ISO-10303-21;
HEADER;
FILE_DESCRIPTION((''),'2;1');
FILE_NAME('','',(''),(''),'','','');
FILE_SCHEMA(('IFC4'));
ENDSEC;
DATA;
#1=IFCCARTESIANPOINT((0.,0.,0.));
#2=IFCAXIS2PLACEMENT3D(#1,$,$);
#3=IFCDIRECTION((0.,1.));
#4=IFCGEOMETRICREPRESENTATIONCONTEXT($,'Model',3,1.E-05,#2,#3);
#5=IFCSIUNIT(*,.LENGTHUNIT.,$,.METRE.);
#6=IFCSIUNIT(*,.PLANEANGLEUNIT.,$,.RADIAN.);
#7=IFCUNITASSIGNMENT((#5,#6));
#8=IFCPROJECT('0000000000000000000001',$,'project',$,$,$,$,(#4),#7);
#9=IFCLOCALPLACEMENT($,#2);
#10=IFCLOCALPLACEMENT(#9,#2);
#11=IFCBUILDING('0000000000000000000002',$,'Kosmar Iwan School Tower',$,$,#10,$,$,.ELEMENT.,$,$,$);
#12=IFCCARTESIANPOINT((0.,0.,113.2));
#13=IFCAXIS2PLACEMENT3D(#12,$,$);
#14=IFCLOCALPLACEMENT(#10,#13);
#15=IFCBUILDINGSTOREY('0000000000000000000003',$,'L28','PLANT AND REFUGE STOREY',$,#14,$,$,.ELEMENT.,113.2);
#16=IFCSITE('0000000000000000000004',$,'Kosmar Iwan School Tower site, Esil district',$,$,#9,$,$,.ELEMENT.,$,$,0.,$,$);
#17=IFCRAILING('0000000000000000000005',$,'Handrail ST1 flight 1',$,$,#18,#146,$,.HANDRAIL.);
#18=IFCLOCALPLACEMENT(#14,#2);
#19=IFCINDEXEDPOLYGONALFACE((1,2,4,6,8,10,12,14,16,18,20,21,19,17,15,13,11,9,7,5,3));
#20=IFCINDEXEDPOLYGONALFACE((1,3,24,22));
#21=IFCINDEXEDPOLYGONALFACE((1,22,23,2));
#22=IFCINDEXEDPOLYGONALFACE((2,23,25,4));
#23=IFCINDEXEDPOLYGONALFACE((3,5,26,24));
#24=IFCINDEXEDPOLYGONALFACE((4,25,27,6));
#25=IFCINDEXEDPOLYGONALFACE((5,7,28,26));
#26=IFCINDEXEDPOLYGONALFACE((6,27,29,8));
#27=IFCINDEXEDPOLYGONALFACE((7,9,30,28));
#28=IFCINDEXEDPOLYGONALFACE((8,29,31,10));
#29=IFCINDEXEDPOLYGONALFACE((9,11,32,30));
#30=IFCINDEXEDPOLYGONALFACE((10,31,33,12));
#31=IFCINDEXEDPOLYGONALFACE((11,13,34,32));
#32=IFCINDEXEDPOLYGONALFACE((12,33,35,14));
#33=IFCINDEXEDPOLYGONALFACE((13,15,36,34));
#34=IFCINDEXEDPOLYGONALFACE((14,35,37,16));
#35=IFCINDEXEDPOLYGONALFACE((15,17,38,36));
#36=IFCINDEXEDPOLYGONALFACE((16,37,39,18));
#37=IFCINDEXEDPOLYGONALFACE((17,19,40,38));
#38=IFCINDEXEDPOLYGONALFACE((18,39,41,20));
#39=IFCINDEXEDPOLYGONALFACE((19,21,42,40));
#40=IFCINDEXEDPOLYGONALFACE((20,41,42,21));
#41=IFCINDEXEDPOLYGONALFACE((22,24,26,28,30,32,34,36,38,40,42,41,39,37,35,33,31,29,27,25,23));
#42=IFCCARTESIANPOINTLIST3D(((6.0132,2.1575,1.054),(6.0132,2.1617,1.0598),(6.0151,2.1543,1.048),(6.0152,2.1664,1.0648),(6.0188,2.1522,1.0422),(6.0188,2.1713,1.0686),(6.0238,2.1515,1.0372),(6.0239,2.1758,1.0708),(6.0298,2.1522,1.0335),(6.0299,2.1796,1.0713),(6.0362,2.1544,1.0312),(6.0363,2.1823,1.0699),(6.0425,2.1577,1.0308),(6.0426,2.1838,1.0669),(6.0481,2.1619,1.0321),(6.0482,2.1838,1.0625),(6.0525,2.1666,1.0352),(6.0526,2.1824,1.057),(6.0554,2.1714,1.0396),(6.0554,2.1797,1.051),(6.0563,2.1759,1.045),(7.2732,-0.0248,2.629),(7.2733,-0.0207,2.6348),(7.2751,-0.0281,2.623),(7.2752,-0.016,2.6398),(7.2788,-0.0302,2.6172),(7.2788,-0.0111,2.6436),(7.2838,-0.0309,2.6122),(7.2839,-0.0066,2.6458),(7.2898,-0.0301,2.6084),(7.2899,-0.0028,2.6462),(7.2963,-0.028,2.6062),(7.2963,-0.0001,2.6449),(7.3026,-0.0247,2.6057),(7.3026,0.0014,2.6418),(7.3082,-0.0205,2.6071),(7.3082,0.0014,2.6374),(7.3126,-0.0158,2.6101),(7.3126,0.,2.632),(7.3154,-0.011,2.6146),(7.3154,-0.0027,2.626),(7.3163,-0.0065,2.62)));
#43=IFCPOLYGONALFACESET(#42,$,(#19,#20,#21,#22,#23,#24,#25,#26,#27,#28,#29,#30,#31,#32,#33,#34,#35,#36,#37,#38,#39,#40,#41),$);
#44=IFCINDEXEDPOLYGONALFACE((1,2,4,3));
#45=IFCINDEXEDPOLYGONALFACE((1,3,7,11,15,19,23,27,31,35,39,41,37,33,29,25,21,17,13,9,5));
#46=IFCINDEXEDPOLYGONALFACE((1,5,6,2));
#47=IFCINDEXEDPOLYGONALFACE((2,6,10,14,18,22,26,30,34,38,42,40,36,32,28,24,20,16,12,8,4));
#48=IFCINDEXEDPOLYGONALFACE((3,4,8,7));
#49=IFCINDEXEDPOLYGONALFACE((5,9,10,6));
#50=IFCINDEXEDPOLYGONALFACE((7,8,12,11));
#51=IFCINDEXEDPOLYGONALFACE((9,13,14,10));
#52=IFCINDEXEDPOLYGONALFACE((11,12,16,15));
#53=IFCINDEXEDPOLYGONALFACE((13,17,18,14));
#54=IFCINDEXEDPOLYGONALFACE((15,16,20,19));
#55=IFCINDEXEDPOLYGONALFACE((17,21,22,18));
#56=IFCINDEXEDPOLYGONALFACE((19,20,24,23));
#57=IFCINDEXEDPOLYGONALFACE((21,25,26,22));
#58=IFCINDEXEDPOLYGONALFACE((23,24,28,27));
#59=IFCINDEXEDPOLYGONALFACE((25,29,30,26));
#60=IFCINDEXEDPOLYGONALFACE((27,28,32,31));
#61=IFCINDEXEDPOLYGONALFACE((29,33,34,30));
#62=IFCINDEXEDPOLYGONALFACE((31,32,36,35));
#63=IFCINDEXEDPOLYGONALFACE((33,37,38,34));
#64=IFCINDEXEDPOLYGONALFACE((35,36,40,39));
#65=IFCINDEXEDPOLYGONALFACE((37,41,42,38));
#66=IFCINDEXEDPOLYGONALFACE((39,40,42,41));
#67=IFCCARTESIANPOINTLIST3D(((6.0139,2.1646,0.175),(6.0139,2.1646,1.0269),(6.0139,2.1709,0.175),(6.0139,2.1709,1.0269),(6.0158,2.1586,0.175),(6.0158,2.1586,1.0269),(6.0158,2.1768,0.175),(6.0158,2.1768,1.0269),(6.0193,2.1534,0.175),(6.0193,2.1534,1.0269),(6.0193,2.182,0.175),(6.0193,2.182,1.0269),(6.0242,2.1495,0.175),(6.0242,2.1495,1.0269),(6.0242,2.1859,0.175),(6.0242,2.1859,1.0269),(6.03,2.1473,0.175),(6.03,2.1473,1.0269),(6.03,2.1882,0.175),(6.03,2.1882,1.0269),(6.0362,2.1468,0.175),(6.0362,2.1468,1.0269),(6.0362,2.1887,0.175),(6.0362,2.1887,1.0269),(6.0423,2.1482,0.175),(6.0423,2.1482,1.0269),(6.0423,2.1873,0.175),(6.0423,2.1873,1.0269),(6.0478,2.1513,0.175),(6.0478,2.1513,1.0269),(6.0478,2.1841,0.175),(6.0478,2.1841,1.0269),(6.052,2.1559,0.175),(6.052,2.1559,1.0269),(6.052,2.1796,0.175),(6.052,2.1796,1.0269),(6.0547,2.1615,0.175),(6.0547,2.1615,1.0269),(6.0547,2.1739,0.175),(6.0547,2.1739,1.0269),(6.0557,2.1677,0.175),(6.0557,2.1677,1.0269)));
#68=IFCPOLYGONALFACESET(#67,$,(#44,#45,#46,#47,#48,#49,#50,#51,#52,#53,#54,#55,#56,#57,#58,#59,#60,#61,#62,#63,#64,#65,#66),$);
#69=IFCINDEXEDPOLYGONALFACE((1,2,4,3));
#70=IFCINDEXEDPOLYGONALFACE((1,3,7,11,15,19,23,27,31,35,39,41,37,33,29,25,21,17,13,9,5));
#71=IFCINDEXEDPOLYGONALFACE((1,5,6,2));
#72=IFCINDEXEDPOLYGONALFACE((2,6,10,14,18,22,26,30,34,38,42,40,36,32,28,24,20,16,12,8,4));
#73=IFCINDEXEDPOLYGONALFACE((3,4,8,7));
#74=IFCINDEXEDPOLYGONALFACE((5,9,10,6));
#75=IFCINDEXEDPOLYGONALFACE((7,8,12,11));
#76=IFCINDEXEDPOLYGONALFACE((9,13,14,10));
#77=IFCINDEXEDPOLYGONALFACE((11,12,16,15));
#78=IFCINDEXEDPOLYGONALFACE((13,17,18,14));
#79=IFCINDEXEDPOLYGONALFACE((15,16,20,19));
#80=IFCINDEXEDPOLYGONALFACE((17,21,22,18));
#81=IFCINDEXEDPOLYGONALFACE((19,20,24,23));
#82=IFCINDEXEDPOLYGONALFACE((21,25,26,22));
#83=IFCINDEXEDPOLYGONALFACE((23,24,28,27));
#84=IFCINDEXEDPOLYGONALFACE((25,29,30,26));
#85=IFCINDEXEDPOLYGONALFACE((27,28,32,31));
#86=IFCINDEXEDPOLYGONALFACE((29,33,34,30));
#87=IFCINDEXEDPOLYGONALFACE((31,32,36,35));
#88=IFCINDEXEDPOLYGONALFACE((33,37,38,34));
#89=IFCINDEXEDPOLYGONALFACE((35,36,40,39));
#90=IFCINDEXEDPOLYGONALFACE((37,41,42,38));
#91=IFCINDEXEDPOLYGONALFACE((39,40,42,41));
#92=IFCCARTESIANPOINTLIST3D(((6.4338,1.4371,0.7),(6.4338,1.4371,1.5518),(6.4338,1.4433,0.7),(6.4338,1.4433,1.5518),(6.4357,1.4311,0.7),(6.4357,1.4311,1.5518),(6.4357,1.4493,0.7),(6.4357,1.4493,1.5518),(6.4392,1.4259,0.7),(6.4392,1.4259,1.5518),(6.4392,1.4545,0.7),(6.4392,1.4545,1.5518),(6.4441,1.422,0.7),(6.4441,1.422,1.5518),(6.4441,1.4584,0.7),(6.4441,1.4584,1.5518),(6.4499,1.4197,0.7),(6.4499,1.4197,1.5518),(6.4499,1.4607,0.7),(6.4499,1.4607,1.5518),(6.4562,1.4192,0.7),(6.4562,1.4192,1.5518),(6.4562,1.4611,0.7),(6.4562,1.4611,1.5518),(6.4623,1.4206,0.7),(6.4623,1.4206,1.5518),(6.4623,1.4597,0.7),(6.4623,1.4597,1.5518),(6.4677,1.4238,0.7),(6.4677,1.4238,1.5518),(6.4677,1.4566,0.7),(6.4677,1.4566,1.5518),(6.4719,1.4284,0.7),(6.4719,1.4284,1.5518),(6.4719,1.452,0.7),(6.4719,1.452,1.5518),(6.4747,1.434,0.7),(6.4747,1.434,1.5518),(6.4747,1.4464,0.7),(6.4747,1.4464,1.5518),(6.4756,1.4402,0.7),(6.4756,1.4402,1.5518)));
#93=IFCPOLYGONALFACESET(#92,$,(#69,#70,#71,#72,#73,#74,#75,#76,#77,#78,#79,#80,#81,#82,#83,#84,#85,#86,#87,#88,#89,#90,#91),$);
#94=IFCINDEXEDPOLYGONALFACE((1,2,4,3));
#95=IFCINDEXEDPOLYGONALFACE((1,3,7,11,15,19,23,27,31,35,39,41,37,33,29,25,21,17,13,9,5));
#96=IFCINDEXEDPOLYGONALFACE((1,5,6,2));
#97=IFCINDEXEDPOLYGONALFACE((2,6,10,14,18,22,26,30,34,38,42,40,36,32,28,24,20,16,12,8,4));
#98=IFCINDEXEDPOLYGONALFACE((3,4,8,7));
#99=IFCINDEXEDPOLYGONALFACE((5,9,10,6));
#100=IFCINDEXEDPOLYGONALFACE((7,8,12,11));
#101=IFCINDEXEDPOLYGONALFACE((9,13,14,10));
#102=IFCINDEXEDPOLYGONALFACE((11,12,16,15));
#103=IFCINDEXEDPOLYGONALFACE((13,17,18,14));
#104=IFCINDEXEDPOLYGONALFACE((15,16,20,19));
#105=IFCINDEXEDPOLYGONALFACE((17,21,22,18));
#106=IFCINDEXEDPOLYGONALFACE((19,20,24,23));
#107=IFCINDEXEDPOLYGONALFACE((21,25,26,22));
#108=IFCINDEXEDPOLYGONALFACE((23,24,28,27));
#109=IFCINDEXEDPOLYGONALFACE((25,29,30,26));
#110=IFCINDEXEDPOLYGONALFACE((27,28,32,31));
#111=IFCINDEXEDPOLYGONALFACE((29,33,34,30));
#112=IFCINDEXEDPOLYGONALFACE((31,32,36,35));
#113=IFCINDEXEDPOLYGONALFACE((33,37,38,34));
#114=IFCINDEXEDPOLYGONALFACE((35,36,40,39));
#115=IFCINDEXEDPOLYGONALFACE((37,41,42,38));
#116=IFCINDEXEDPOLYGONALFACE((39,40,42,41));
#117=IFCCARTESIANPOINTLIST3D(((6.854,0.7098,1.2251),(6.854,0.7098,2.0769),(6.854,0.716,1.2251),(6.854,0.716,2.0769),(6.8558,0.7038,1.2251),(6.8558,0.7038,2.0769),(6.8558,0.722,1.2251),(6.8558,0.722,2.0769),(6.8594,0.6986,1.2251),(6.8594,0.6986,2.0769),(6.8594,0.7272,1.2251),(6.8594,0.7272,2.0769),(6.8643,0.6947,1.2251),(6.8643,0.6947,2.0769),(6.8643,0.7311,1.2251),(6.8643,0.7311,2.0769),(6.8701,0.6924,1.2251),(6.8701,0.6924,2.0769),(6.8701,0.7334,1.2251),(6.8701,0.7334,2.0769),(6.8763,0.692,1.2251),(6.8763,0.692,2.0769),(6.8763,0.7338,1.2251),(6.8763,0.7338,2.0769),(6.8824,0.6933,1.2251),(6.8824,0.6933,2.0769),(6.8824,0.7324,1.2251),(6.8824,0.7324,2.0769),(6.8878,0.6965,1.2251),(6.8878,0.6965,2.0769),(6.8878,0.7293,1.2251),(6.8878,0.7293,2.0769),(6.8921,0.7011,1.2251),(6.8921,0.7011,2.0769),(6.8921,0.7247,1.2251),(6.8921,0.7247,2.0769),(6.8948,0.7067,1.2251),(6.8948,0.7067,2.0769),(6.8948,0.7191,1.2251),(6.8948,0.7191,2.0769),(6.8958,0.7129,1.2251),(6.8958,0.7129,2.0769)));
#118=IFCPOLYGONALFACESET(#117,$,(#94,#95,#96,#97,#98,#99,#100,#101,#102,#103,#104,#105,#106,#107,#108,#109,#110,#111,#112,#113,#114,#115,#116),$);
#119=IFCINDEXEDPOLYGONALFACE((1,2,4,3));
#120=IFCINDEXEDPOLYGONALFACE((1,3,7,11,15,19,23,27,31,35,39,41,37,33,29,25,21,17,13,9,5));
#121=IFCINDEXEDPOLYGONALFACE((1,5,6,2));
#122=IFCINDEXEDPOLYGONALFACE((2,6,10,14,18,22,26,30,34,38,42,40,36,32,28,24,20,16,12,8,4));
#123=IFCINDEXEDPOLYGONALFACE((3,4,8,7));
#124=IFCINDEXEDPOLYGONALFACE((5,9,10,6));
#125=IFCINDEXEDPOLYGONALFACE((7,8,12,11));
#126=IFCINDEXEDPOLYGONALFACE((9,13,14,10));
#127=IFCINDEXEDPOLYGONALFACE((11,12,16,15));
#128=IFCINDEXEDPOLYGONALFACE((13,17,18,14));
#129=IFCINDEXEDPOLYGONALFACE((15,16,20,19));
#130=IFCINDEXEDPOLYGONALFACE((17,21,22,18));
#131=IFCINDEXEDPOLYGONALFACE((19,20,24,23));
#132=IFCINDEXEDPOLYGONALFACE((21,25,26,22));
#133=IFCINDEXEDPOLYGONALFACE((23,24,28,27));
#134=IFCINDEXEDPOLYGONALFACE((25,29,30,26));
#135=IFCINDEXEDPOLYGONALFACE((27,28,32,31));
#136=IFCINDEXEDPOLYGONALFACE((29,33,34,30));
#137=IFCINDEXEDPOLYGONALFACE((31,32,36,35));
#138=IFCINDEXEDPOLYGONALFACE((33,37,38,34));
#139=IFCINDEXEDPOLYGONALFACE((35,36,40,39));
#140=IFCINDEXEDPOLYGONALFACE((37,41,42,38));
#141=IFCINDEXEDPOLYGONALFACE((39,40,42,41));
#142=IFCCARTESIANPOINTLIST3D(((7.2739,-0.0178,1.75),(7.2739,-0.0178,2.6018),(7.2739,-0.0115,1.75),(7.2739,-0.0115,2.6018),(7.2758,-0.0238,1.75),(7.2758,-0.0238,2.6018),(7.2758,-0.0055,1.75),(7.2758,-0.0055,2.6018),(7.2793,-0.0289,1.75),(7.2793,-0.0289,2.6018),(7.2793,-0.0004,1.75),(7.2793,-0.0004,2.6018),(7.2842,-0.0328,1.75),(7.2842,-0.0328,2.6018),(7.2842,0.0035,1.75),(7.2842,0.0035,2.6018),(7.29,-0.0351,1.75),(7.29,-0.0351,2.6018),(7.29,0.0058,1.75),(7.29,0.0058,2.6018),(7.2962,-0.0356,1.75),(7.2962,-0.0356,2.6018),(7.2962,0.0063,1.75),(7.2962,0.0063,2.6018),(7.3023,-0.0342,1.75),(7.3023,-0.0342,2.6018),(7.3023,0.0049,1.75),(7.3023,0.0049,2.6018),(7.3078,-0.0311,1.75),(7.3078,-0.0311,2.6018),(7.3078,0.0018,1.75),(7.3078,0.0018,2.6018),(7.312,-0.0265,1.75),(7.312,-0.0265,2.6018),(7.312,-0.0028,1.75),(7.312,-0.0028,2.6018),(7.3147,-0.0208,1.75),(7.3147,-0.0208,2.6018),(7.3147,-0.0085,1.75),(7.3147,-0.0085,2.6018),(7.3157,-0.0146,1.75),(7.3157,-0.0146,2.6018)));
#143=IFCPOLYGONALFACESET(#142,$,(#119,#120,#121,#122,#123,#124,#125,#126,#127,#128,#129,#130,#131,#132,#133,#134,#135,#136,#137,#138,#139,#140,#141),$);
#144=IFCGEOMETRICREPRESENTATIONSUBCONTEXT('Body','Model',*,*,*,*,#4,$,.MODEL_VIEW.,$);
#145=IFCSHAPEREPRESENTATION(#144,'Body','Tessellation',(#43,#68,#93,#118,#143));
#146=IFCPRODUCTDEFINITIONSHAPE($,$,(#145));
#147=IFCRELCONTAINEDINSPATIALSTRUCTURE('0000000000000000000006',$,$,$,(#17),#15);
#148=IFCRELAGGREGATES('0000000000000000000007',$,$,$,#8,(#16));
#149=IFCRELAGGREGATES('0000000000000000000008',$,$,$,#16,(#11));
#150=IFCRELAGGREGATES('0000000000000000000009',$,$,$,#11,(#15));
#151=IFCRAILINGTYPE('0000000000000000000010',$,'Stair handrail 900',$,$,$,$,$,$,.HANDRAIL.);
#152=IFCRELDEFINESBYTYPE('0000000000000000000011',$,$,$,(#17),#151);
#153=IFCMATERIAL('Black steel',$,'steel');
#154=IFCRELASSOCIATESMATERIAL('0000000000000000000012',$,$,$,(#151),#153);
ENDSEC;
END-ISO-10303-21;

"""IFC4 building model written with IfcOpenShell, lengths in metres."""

from ifc_helpers import new_model, si_unit, direction, frame, origin, origin_2d, place, context, subcontext, project, spatial, circle, extrude, material, type_object, element, save


model = new_model("IFC4")

# Units and contexts
model_context = context("Model", 3, precision=1e-05, world=origin(), true_north=direction((0.0, 1.0)))
body_context = subcontext(model_context, "Body", "Model", "MODEL_VIEW")
ifc_project = project(units=[si_unit("LENGTHUNIT", "METRE"), si_unit("PLANEANGLEUNIT", "RADIAN")], contexts=[model_context])

# Site, building, storey
site_placement = place(None, origin())
site = spatial("IfcSite", under=ifc_project, at=site_placement, Name="Kosmar Iwan School Tower site, Esil district", CompositionType="ELEMENT", RefElevation=0.0)
building_placement = place(site_placement, origin())
building = spatial("IfcBuilding", under=site, at=building_placement, Name="Kosmar Iwan School Tower", CompositionType="ELEMENT")
storey_placement = place(building_placement, frame((0.0, 0.0, 113.2)))
storey = spatial("IfcBuildingStorey", under=building, at=storey_placement, Name="L28", Description="PLANT AND REFUGE STOREY", CompositionType="ELEMENT", Elevation=113.2)

# Railing
ifc_material_1 = material(Name="Black steel", Category="steel")
railing_type = type_object("IfcRailingType", Name="Stair handrail 900", PredefinedType="HANDRAIL", material=ifc_material_1)
for number, where, name in (
    (1, (6.0347, 2.1677, 0.175), "Handrail ST1 flight 1"),
):
    element("IfcRailing", number, at=place(storey_placement, frame(where)), inside=storey, type_object=railing_type, Name=name, PredefinedType="HANDRAIL", context=body_context, shape_type="SweptSolid", body=[
        extrude(circle(Radius=0.0239, at=origin_2d()), frame((0.0, 0.0, 0.876), z_axis=(0.424007, -0.734392, 0.529988), x_axis=(0.866023, 0.500005, 0.0)), (0.0, 0.0, 1.0), 2.9717),
        extrude(circle(Radius=0.021, at=origin_2d()), origin(), (0.0, 0.0, 1.0), 0.8518),
        extrude(circle(Radius=0.021, at=origin_2d()), frame((0.4199, -0.7275, 0.5249)), (0.0, 0.0, 1.0), 0.8518),
        extrude(circle(Radius=0.021, at=origin_2d()), frame((0.8401, -1.4548, 1.05)), (0.0, 0.0, 1.0), 0.8518),
        extrude(circle(Radius=0.021, at=origin_2d()), frame((1.26, -2.1824, 1.575)), (0.0, 0.0, 1.0), 0.8518),
    ])

save(model, "model.ifc")
